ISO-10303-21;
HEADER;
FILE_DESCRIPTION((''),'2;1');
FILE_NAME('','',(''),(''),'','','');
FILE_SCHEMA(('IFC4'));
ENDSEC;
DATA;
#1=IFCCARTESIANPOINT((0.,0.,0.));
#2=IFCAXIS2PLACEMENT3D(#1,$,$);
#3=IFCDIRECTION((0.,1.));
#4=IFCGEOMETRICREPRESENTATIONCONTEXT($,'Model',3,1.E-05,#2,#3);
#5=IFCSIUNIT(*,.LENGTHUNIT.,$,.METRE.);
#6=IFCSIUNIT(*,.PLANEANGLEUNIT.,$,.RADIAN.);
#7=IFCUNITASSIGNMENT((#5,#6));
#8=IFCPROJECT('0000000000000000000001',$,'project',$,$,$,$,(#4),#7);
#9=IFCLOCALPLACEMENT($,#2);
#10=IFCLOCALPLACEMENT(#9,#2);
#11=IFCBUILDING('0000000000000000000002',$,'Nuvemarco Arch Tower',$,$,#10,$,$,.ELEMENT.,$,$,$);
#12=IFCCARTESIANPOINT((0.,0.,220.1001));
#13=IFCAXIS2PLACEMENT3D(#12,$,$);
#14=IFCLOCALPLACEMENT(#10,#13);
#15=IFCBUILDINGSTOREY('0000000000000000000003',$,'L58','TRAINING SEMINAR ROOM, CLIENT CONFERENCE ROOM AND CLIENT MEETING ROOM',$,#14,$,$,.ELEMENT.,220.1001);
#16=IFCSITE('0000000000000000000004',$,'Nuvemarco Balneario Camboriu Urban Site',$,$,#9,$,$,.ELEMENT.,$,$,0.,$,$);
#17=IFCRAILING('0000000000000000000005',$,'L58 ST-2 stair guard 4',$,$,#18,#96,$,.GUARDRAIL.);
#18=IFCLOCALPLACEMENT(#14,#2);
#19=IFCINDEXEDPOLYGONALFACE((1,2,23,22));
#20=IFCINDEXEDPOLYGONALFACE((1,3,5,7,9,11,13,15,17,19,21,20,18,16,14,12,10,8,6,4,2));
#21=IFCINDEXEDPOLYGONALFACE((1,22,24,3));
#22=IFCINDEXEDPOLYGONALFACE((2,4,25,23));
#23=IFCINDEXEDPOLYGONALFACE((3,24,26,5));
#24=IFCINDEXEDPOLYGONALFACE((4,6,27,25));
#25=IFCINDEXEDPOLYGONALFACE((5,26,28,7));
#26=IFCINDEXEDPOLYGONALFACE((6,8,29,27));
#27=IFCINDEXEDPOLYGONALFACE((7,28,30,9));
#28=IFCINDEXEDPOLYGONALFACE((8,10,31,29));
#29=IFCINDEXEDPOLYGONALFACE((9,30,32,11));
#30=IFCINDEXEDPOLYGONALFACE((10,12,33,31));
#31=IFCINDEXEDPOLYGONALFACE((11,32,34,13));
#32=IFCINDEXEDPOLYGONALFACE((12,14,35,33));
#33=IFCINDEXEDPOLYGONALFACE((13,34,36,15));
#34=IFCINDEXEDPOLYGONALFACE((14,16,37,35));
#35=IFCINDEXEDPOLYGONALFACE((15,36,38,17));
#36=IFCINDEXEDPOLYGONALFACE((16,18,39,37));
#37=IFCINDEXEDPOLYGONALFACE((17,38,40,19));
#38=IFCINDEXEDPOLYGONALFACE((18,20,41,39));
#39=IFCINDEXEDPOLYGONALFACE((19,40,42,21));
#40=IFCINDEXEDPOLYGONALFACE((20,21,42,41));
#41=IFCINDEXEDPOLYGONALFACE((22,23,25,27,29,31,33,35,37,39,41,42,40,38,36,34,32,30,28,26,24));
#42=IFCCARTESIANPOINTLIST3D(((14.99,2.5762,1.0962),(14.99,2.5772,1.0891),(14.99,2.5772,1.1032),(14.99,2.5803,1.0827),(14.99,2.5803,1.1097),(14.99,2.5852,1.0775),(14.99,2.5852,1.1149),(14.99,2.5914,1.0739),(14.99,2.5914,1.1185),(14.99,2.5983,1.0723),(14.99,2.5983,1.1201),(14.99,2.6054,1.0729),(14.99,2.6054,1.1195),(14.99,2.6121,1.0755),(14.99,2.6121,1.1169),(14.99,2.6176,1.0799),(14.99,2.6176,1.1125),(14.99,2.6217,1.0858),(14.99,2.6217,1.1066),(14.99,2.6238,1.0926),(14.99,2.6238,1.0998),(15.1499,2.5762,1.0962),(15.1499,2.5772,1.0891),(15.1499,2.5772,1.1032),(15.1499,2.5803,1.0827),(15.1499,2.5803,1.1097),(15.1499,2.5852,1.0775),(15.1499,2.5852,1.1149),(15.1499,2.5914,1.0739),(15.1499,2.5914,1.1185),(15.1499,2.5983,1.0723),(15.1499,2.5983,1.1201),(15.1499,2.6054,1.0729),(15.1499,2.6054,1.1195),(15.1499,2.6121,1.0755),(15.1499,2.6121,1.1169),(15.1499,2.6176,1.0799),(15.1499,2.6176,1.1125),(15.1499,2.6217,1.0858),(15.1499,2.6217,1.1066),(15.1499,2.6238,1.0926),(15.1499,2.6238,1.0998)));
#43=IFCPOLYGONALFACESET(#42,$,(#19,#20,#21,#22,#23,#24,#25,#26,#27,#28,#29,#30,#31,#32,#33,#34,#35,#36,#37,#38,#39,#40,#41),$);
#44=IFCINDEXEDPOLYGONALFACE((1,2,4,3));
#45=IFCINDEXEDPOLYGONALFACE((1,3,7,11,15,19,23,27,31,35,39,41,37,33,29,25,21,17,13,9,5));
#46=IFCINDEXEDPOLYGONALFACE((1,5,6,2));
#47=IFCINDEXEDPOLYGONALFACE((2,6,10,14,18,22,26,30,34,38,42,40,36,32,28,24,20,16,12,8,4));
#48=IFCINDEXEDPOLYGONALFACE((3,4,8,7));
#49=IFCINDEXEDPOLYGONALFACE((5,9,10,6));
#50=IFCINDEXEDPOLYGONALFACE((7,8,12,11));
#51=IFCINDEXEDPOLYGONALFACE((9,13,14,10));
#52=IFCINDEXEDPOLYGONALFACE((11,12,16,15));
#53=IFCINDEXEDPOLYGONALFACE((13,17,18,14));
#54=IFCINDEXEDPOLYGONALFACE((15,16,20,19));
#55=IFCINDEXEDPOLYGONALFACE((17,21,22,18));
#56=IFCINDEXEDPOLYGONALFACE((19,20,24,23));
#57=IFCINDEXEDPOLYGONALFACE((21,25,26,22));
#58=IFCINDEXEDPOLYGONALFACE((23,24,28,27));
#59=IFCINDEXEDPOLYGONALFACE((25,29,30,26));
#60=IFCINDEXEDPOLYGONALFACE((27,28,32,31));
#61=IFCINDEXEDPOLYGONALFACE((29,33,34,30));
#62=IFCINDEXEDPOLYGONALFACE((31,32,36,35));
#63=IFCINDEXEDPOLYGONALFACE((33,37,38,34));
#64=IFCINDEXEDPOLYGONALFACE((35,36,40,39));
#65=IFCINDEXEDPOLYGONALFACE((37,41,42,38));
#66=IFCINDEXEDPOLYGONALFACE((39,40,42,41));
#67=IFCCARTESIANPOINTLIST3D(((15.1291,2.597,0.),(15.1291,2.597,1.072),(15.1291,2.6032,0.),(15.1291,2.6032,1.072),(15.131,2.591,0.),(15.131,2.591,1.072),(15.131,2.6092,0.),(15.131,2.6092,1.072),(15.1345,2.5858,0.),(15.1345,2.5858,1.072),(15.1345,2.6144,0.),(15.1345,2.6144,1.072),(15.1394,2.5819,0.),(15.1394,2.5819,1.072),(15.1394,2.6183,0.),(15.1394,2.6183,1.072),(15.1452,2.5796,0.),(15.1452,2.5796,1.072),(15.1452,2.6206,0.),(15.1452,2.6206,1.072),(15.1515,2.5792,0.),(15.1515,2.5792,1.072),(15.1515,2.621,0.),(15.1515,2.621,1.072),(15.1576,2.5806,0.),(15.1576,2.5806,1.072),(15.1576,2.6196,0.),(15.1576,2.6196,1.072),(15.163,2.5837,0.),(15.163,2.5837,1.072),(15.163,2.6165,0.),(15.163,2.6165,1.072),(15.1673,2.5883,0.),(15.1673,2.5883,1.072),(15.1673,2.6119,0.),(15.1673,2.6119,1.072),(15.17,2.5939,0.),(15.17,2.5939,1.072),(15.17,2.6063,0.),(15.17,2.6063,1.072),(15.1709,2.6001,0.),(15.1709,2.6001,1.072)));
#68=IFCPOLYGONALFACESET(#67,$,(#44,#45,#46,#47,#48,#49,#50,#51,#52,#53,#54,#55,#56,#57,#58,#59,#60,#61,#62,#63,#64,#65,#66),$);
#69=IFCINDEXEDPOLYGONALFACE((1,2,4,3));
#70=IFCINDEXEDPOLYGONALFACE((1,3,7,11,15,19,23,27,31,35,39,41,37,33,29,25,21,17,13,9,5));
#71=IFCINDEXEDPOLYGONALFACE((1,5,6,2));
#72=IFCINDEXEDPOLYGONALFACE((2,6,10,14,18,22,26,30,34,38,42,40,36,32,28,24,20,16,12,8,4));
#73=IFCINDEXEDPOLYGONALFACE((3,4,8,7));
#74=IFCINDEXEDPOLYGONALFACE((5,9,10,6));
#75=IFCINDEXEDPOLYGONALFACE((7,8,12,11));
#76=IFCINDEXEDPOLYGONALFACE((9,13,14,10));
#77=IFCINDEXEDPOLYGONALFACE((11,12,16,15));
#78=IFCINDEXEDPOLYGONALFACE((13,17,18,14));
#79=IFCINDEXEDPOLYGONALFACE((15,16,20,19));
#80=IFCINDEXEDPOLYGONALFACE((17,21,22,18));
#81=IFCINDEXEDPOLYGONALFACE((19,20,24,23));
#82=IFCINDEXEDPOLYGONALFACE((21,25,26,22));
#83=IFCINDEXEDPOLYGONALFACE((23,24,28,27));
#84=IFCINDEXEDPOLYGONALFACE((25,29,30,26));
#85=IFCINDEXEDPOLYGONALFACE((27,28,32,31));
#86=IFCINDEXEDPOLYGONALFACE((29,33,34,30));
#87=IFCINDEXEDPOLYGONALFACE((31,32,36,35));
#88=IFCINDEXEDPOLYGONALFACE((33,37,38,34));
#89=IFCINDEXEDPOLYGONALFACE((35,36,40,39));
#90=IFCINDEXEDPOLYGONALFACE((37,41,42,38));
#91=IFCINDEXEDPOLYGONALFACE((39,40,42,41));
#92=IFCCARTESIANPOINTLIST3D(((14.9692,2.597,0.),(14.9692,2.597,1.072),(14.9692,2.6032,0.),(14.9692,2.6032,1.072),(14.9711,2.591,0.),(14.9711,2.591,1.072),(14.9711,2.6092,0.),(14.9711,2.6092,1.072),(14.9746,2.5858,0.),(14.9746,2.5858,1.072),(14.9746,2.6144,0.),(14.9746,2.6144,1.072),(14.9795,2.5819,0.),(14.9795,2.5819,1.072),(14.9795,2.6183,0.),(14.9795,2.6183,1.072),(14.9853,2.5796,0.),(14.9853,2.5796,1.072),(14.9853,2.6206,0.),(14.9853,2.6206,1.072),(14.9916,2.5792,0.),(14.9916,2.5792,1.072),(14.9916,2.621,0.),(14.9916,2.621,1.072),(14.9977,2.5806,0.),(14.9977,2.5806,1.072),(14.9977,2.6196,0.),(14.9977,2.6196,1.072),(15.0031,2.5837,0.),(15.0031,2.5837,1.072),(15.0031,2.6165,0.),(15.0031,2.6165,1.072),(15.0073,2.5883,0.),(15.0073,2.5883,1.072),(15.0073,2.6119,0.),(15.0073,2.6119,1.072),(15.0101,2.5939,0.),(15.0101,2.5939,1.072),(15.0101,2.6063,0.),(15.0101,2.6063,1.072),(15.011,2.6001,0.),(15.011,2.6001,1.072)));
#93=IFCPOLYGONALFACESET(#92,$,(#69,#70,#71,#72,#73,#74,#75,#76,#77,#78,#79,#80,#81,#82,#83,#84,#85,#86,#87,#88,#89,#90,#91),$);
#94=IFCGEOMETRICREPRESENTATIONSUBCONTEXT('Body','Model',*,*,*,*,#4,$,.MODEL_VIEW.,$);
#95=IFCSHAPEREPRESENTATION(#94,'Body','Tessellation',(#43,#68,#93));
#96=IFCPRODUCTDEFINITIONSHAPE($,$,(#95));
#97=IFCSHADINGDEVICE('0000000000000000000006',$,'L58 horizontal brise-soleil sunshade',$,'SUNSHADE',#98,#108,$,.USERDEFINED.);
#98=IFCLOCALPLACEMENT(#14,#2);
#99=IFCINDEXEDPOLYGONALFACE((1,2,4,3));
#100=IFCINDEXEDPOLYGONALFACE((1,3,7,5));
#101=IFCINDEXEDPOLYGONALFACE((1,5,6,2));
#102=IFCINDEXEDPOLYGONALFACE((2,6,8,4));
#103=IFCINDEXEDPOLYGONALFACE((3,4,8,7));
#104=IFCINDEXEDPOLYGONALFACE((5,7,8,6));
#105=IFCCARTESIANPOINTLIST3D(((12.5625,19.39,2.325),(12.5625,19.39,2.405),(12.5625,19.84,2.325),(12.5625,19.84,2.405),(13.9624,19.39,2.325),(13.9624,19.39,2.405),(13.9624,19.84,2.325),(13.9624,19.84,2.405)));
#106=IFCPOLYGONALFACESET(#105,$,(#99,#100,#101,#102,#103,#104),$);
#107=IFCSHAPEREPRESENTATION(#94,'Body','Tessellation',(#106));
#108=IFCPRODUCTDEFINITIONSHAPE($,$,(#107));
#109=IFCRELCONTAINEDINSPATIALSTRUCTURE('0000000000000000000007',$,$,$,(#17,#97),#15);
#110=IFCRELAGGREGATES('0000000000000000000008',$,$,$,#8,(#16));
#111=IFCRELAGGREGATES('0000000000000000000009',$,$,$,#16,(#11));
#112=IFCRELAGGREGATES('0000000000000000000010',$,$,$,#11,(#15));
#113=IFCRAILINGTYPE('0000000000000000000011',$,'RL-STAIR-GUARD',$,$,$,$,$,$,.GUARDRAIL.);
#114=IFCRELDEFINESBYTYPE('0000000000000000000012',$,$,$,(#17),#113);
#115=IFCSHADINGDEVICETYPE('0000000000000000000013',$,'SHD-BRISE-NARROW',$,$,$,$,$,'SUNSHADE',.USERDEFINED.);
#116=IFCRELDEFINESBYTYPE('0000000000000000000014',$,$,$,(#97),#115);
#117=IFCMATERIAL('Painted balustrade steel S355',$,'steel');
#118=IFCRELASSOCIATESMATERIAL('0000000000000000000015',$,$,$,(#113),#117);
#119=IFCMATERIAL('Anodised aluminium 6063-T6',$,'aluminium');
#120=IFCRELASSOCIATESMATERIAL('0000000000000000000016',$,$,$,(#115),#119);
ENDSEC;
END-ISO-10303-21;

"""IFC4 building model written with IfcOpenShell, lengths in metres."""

from ifc_helpers import new_model, si_unit, direction, frame, origin, origin_2d, place, context, subcontext, project, spatial, rectangle, circle, extrude, source, transform, mapped, material, type_object, type_shapes, element, save


model = new_model("IFC4")

# Units and contexts
model_context = context("Model", 3, precision=1e-05, world=origin(), true_north=direction((0.0, 1.0)))
body_context = subcontext(model_context, "Body", "Model", "MODEL_VIEW")
ifc_project = project(units=[si_unit("LENGTHUNIT", "METRE"), si_unit("PLANEANGLEUNIT", "RADIAN")], contexts=[model_context])

# Site, building, storey
site_placement = place(None, origin())
site = spatial("IfcSite", under=ifc_project, at=site_placement, Name="Nuvemarco Balneario Camboriu Urban Site", CompositionType="ELEMENT", RefElevation=0.0)
building_placement = place(site_placement, origin())
building = spatial("IfcBuilding", under=site, at=building_placement, Name="Nuvemarco Arch Tower", CompositionType="ELEMENT")
storey_placement = place(building_placement, frame((0.0, 0.0, 220.1001)))
storey = spatial("IfcBuildingStorey", under=building, at=storey_placement, Name="L58", Description="TRAINING SEMINAR ROOM, CLIENT CONFERENCE ROOM AND CLIENT MEETING ROOM", CompositionType="ELEMENT", Elevation=220.1001)

# Railing
ifc_material_1 = material(Name="Painted balustrade steel S355", Category="steel")
railing_type_1 = type_object("IfcRailingType", Name="RL-STAIR-GUARD", PredefinedType="GUARDRAIL", material=ifc_material_1)
railing_1_placement = place(storey_placement, frame((15.1499, 2.6001, 0.0)))
element("IfcRailing", 1, at=railing_1_placement, inside=storey, type_object=railing_type_1, Name="L58 ST-2 stair guard 4", PredefinedType="GUARDRAIL", context=body_context, shape_type="SweptSolid", body=[
    extrude(circle(Radius=0.0239, at=origin_2d()), frame((0.0, 0.0, 1.0962), z_axis=(-1.0, 0.0, 0.0), x_axis=(0.0, -1.0, 0.0)), (0.0, 0.0, 1.0), 0.1599),
    extrude(circle(Radius=0.021, at=origin_2d()), origin(), (0.0, 0.0, 1.0), 1.072),
    extrude(circle(Radius=0.021, at=origin_2d()), frame((-0.1599, 0.0, 0.0)), (0.0, 0.0, 1.0), 1.072),
])

# Shading device
ifc_material_2 = material(Name="Anodised aluminium 6063-T6", Category="aluminium")
shading_device_type = type_object("IfcShadingDeviceType", Name="SHD-BRISE-NARROW", ElementType="SUNSHADE", PredefinedType="USERDEFINED", material=ifc_material_2)
shared_shape_1 = source(origin(), body_context, "Body", "SweptSolid", [
    extrude(rectangle(XDim=1.3999, YDim=0.45, at=origin_2d()), origin(), (0.0, 0.0, 1.0), 0.0801),
])
type_shapes(shading_device_type, [shared_shape_1])
shading_device_placement = place(storey_placement, frame((13.2625, 19.615, 2.325), z_axis=(0.0, 0.0, 1.0), x_axis=(1.0, 0.0, 0.0)))
element("IfcShadingDevice", 2, at=shading_device_placement, inside=storey, type_object=shading_device_type, Name="L58 horizontal brise-soleil sunshade", ObjectType="SUNSHADE", PredefinedType="USERDEFINED", context=body_context, shape_type="MappedRepresentation", body=[
    mapped(shared_shape_1, transform((0.0, 0.0, 0.0), scale=1.0)),
])

save(model, "model.ifc")
